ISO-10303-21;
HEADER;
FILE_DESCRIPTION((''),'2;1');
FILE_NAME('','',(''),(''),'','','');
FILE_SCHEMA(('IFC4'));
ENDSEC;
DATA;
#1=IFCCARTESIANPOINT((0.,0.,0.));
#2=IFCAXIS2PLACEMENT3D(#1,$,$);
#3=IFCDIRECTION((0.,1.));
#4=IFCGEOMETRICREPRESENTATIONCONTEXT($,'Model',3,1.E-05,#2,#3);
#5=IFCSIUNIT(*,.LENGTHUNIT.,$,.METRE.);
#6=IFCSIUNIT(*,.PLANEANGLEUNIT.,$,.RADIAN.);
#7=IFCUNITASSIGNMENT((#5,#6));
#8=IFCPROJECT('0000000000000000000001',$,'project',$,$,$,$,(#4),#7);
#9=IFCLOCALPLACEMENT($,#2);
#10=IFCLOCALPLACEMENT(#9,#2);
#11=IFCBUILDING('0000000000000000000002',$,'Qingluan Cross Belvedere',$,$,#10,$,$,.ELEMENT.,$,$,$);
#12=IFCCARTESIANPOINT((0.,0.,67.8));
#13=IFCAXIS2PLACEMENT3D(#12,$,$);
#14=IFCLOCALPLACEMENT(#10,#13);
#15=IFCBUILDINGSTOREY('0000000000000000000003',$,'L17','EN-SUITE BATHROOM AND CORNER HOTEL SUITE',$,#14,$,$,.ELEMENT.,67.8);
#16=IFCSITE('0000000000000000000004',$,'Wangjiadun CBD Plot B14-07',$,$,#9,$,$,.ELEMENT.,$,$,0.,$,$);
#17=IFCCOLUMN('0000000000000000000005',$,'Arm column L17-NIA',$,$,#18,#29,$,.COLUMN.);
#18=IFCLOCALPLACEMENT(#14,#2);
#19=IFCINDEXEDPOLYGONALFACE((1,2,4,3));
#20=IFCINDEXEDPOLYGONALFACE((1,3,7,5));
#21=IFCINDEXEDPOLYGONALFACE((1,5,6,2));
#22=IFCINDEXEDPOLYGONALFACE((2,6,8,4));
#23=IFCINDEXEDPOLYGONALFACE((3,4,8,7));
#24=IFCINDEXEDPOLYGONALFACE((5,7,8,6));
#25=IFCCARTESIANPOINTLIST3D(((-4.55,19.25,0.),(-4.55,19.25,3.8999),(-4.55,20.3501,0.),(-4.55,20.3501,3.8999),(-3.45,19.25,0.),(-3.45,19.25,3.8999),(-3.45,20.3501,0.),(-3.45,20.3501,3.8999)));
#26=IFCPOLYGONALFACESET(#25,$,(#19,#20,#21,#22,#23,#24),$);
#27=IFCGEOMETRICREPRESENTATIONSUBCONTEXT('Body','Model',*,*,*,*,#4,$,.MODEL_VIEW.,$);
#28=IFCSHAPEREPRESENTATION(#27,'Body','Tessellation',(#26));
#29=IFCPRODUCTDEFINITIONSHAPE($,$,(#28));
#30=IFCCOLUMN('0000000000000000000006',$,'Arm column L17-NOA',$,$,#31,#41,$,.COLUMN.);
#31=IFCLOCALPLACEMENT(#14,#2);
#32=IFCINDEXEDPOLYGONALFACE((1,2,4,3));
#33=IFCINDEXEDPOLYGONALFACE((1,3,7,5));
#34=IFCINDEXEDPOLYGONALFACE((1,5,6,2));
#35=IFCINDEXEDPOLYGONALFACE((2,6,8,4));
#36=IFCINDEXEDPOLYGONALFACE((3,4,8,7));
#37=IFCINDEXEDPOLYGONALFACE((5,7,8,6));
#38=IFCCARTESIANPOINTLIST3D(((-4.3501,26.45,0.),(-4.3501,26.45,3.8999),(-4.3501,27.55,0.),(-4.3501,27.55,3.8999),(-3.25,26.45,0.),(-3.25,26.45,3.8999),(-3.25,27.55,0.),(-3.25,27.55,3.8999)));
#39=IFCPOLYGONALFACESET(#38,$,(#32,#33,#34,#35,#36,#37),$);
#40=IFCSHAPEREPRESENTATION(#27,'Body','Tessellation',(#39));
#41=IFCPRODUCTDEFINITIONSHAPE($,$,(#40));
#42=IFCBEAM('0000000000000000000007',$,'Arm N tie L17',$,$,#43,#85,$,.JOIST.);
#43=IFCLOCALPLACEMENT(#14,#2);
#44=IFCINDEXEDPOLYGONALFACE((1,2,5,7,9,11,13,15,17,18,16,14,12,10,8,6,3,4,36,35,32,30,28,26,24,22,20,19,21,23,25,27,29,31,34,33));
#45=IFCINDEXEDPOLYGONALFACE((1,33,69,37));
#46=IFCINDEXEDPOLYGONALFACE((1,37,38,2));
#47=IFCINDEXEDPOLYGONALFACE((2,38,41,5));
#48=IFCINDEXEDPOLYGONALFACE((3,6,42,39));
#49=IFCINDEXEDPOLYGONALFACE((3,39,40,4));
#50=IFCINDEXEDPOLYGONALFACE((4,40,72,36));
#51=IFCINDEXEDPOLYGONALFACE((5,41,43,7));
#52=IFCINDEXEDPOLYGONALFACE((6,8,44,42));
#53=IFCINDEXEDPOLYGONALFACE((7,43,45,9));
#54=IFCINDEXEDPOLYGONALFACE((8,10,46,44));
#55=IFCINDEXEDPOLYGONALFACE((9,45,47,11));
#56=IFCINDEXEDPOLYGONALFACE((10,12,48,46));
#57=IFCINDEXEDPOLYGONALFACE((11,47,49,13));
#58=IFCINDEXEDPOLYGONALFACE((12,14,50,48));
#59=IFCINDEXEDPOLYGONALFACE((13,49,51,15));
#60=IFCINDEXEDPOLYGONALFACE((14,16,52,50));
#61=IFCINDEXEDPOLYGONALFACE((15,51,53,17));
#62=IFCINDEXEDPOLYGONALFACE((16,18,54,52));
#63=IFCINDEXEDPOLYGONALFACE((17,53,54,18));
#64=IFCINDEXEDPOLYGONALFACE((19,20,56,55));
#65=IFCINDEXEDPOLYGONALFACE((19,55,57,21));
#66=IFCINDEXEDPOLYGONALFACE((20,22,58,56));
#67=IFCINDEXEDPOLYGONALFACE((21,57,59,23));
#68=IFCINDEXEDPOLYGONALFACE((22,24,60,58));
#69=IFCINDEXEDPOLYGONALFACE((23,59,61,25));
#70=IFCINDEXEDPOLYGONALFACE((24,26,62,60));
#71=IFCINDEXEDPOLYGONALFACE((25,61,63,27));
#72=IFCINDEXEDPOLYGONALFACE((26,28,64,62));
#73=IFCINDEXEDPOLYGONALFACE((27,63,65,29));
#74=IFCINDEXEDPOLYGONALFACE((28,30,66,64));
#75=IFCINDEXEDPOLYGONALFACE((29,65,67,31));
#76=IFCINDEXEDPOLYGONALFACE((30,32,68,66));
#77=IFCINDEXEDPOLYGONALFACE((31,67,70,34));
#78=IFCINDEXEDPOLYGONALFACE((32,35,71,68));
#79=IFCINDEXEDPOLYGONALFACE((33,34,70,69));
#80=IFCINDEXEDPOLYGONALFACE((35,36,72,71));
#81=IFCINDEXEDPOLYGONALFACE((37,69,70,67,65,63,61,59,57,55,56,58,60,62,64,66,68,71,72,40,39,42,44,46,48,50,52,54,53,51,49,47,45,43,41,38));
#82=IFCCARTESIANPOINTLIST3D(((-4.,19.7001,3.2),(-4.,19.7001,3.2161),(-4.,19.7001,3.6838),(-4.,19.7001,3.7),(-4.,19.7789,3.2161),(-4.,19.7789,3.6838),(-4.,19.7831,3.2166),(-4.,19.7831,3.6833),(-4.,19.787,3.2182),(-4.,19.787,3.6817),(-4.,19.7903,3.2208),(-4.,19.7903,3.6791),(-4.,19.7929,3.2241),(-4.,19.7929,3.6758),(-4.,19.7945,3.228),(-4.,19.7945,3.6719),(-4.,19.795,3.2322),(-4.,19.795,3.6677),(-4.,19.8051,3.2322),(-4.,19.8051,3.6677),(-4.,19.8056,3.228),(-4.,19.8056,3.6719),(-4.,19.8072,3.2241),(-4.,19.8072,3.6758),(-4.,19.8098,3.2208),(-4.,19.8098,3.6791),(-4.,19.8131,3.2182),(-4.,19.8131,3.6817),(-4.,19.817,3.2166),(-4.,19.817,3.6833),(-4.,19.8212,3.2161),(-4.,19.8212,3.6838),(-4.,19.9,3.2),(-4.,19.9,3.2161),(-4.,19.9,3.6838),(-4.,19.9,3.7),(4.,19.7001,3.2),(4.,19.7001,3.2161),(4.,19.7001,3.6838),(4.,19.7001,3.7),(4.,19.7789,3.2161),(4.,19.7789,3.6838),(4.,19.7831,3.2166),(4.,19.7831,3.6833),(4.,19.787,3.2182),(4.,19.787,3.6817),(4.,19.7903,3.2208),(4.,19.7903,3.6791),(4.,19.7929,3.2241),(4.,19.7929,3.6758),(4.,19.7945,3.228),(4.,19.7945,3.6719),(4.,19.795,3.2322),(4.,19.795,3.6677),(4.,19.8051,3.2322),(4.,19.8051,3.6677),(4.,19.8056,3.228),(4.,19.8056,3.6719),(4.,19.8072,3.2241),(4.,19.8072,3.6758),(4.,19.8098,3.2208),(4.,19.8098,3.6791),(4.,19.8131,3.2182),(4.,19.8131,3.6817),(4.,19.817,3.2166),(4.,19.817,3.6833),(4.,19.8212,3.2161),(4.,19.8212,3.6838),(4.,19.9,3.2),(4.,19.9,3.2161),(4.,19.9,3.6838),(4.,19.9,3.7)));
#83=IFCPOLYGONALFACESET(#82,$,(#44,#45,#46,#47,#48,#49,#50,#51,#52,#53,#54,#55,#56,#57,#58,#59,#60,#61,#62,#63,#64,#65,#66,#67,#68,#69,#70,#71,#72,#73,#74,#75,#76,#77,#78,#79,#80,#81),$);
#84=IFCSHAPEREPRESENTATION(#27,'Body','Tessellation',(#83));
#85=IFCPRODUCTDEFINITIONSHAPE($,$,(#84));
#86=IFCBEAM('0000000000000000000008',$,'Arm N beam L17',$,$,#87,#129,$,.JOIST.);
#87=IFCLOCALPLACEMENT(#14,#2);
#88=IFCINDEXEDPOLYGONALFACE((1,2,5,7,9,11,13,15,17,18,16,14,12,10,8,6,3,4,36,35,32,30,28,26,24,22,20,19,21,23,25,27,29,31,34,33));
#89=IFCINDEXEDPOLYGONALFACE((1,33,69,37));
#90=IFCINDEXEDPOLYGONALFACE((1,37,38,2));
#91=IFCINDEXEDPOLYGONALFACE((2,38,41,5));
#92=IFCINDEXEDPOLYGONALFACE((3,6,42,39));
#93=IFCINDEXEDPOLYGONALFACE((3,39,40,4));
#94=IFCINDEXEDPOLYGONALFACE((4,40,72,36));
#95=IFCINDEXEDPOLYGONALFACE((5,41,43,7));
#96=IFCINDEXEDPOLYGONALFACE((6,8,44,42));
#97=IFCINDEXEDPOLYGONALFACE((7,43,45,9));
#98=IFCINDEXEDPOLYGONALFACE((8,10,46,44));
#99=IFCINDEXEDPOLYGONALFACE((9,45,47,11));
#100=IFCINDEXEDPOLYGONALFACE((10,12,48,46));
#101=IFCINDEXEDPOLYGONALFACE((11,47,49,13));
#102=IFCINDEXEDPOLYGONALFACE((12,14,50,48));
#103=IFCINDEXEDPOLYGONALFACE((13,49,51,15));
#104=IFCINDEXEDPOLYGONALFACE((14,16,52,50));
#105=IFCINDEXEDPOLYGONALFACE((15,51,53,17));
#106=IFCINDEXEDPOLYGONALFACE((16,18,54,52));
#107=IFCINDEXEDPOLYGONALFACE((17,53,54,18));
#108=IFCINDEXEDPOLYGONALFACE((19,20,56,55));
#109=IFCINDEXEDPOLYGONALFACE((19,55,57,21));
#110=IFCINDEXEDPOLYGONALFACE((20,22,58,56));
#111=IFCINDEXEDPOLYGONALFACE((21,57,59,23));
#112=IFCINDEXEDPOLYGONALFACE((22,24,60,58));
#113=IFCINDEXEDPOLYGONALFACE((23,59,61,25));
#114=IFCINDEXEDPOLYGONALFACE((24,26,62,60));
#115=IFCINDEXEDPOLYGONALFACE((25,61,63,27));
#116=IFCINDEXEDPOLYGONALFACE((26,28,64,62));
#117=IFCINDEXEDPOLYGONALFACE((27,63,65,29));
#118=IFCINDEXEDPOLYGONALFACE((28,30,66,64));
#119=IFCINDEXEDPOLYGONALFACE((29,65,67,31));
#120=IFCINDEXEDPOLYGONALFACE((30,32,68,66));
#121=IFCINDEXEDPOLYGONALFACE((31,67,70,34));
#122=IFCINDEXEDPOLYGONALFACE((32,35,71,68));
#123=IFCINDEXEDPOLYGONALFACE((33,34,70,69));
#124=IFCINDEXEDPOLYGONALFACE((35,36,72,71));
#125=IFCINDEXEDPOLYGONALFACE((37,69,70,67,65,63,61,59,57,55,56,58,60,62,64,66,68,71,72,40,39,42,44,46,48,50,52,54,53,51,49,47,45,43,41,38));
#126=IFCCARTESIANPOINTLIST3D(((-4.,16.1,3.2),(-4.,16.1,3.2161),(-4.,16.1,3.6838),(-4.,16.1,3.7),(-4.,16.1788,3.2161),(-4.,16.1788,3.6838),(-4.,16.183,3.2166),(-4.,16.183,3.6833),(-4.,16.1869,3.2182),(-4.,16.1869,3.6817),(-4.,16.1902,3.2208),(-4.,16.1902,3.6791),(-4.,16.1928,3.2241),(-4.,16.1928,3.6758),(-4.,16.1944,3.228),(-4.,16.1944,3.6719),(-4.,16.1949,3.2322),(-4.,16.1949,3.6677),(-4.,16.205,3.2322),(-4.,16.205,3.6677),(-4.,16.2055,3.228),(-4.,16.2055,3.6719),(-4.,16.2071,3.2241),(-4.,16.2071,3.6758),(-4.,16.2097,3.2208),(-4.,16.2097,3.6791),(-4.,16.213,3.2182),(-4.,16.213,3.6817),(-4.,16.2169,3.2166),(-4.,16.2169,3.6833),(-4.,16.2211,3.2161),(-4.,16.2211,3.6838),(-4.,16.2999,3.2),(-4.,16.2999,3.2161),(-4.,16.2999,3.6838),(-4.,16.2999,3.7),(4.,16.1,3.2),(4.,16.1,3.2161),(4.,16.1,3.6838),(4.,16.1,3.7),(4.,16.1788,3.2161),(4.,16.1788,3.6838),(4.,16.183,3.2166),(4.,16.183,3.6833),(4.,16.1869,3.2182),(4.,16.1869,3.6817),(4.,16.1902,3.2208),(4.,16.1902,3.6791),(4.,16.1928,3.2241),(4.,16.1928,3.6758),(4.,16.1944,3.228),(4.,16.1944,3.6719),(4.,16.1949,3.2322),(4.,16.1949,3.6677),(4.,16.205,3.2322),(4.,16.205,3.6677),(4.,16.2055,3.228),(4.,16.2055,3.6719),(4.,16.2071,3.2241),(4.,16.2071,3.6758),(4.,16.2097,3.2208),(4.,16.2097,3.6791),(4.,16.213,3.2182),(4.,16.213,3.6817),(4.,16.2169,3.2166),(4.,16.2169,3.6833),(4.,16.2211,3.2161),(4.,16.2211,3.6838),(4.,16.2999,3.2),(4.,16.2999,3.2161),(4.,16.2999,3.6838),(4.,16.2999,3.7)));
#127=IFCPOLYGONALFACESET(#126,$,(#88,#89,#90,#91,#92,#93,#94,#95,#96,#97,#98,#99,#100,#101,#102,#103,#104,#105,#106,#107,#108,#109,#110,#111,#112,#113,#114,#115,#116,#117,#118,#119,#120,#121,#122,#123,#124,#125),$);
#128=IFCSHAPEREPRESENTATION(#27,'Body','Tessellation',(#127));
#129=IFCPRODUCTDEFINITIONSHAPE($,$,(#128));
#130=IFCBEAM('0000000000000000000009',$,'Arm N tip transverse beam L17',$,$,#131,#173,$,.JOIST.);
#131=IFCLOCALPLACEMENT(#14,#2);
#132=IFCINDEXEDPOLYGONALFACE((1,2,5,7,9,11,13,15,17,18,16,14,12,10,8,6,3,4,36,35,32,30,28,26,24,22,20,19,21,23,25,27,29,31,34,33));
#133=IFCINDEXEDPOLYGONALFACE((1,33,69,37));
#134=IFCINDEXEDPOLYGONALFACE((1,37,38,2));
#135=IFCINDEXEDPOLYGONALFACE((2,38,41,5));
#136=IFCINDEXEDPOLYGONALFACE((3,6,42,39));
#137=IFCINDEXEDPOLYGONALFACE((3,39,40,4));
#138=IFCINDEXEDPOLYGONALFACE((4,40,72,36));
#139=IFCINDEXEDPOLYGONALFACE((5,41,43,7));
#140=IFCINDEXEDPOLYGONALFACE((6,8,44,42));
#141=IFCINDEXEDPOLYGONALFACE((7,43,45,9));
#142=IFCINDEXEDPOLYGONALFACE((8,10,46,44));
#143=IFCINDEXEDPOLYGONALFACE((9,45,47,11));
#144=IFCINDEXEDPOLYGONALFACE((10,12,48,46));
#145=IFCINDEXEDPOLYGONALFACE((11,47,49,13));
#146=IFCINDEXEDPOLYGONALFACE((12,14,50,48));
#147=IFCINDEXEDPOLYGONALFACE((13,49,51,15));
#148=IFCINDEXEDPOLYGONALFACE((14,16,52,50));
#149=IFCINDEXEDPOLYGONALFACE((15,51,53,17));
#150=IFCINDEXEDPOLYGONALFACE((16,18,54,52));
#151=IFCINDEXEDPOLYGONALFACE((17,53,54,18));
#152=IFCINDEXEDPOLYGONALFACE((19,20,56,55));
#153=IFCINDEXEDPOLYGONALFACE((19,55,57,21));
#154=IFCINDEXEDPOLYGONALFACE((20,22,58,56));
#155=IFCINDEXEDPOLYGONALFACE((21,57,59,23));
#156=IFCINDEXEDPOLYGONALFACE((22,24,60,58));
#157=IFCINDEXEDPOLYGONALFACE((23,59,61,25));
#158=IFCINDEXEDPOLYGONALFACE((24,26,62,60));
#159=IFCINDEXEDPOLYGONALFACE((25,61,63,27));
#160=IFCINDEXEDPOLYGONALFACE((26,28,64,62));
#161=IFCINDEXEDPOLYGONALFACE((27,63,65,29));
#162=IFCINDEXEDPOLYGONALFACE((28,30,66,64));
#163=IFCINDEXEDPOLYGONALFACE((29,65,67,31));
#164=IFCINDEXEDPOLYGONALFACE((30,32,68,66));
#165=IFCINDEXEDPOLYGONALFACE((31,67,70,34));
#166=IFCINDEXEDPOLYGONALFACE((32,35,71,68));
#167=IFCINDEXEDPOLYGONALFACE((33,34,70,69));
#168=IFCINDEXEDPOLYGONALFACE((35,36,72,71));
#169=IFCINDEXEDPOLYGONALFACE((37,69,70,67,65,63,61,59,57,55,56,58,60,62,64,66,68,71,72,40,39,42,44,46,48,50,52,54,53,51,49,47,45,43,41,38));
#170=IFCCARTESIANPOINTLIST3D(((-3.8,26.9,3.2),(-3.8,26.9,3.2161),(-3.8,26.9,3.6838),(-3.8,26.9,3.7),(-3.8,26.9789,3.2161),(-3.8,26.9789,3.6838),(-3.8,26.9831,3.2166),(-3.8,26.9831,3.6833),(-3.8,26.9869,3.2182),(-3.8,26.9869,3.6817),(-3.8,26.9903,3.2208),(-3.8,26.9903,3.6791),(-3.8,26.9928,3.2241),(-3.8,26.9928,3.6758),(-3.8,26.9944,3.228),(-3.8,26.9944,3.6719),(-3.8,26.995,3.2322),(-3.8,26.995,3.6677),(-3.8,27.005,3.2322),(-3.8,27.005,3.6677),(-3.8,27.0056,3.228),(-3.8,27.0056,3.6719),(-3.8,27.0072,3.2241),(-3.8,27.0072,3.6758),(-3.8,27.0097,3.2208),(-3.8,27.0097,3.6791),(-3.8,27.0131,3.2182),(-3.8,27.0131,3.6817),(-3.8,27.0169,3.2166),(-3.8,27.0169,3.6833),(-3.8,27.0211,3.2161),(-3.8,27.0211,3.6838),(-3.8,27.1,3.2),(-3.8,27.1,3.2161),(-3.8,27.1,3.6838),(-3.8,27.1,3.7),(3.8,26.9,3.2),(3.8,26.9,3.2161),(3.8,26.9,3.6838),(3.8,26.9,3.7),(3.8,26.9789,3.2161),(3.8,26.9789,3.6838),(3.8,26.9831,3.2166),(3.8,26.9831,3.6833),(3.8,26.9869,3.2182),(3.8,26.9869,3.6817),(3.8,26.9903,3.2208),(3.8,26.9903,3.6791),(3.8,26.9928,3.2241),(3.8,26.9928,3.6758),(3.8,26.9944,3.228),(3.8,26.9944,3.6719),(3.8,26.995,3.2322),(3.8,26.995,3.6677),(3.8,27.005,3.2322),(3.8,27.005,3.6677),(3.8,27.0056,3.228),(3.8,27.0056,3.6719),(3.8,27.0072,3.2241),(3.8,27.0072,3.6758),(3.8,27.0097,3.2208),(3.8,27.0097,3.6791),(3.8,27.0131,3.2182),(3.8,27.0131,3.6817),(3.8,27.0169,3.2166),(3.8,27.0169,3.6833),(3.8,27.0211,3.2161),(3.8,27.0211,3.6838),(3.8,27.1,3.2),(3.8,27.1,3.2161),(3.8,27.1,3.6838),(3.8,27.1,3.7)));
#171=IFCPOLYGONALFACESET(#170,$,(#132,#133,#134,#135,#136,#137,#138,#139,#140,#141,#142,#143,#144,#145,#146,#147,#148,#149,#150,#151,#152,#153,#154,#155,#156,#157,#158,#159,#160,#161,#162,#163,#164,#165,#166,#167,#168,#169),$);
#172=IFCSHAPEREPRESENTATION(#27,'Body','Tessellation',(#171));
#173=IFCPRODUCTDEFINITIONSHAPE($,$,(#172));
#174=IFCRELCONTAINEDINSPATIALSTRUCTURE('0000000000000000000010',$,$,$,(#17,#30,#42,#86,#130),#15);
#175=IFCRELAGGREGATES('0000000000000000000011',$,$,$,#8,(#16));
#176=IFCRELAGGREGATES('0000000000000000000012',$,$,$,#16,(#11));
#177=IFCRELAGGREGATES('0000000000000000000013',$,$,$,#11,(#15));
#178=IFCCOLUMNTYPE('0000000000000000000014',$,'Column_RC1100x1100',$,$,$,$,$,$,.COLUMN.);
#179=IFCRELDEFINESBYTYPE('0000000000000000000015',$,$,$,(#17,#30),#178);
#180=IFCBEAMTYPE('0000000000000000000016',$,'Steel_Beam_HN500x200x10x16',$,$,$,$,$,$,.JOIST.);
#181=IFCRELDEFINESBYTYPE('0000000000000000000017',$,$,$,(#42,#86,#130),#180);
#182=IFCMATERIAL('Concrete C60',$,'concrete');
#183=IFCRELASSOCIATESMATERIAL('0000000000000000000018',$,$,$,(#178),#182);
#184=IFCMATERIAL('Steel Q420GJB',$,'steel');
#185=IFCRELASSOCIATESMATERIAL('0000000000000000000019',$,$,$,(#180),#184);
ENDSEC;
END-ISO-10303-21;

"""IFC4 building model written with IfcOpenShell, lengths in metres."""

from ifc_helpers import new_model, si_unit, direction, frame, origin, origin_2d, place, context, subcontext, project, spatial, rectangle, i_section, extrude, material, material_profile, profile_set, type_object, element, save


model = new_model("IFC4")

# Units and contexts
model_context = context("Model", 3, precision=1e-05, world=origin(), true_north=direction((0.0, 1.0)))
body_context = subcontext(model_context, "Body", "Model", "MODEL_VIEW")
ifc_project = project(units=[si_unit("LENGTHUNIT", "METRE"), si_unit("PLANEANGLEUNIT", "RADIAN")], contexts=[model_context])

# Site, building, storey
site_placement = place(None, origin())
site = spatial("IfcSite", under=ifc_project, at=site_placement, Name="Wangjiadun CBD Plot B14-07", CompositionType="ELEMENT", RefElevation=0.0)
building_placement = place(site_placement, origin())
building = spatial("IfcBuilding", under=site, at=building_placement, Name="Qingluan Cross Belvedere", CompositionType="ELEMENT")
storey_placement = place(building_placement, frame((0.0, 0.0, 67.8)))
storey = spatial("IfcBuildingStorey", under=building, at=storey_placement, Name="L17", Description="EN-SUITE BATHROOM AND CORNER HOTEL SUITE", CompositionType="ELEMENT", Elevation=67.8)

# Columns
ifc_material_1 = material(Name="Concrete C60", Category="concrete")
ifc_material_profile_1 = material_profile(ifc_material_1, rectangle(XDim=1.1001, YDim=1.1001, at=origin_2d()), Name="RC1100x1100")
ifc_profile_set_1 = profile_set([ifc_material_profile_1], Name="Concrete C60")
column_type = type_object("IfcColumnType", Name="Column_RC1100x1100", PredefinedType="COLUMN", material=ifc_profile_set_1)
for number, where, z_axis, x_axis, name in (
    (1, (-4.0, 19.8, 0.0), (0.0, 0.0, 1.0), (1.0, 0.0, 0.0), "Arm column L17-NIA"),
    (2, (-3.8, 27.0, 0.0), (0.0, 0.0, 1.0), (1.0, 0.0, 0.0), "Arm column L17-NOA"),
):
    element("IfcColumn", number, at=place(storey_placement, frame(where, z_axis=z_axis, x_axis=x_axis)), inside=storey, type_object=column_type, Name=name, PredefinedType="COLUMN", context=body_context, shape_type="SweptSolid", body=[
        extrude(rectangle(XDim=1.1001, YDim=1.1001, at=origin_2d()), origin(), (0.0, 0.0, 1.0), 3.8999),
    ])

# Beams
ifc_material_2 = material(Name="Steel Q420GJB", Category="steel")
ifc_material_profile_2 = material_profile(ifc_material_2, i_section(OverallWidth=0.2, OverallDepth=0.5, WebThickness=0.01, FlangeThickness=0.0161, FilletRadius=0.0161, at=origin_2d()), Name="HN500x200x10x16")
ifc_profile_set_2 = profile_set([ifc_material_profile_2], Name="Steel Q420GJB")
beam_type_1 = type_object("IfcBeamType", Name="Steel_Beam_HN500x200x10x16", PredefinedType="JOIST", material=ifc_profile_set_2)
for number, where, z_axis, x_axis, name in (
    (3, (-4.0, 19.8, 3.45), (1.0, 0.0, 0.0), (0.0, 1.0, 0.0), "Arm N tie L17"),
    (4, (-4.0, 16.2, 3.45), (1.0, 0.0, 0.0), (0.0, 1.0, 0.0), "Arm N beam L17"),
):
    element("IfcBeam", number, at=place(storey_placement, frame(where, z_axis=z_axis, x_axis=x_axis)), inside=storey, type_object=beam_type_1, Name=name, PredefinedType="JOIST", context=body_context, shape_type="SweptSolid", body=[
        extrude(i_section(OverallWidth=0.2, OverallDepth=0.5, WebThickness=0.01, FlangeThickness=0.0161, FilletRadius=0.0161, at=origin_2d()), origin(), (0.0, 0.0, 1.0), 8.0),
    ])
beam_1_placement = place(storey_placement, frame((-3.8, 27.0, 3.45), z_axis=(1.0, 0.0, 0.0), x_axis=(0.0, 1.0, 0.0)))
element("IfcBeam", 5, at=beam_1_placement, inside=storey, type_object=beam_type_1, Name="Arm N tip transverse beam L17", PredefinedType="JOIST", context=body_context, shape_type="SweptSolid", body=[
    extrude(i_section(OverallWidth=0.2, OverallDepth=0.5, WebThickness=0.01, FlangeThickness=0.0161, FilletRadius=0.0161, at=origin_2d()), origin(), (0.0, 0.0, 1.0), 7.6001),
])

save(model, "model.ifc")
